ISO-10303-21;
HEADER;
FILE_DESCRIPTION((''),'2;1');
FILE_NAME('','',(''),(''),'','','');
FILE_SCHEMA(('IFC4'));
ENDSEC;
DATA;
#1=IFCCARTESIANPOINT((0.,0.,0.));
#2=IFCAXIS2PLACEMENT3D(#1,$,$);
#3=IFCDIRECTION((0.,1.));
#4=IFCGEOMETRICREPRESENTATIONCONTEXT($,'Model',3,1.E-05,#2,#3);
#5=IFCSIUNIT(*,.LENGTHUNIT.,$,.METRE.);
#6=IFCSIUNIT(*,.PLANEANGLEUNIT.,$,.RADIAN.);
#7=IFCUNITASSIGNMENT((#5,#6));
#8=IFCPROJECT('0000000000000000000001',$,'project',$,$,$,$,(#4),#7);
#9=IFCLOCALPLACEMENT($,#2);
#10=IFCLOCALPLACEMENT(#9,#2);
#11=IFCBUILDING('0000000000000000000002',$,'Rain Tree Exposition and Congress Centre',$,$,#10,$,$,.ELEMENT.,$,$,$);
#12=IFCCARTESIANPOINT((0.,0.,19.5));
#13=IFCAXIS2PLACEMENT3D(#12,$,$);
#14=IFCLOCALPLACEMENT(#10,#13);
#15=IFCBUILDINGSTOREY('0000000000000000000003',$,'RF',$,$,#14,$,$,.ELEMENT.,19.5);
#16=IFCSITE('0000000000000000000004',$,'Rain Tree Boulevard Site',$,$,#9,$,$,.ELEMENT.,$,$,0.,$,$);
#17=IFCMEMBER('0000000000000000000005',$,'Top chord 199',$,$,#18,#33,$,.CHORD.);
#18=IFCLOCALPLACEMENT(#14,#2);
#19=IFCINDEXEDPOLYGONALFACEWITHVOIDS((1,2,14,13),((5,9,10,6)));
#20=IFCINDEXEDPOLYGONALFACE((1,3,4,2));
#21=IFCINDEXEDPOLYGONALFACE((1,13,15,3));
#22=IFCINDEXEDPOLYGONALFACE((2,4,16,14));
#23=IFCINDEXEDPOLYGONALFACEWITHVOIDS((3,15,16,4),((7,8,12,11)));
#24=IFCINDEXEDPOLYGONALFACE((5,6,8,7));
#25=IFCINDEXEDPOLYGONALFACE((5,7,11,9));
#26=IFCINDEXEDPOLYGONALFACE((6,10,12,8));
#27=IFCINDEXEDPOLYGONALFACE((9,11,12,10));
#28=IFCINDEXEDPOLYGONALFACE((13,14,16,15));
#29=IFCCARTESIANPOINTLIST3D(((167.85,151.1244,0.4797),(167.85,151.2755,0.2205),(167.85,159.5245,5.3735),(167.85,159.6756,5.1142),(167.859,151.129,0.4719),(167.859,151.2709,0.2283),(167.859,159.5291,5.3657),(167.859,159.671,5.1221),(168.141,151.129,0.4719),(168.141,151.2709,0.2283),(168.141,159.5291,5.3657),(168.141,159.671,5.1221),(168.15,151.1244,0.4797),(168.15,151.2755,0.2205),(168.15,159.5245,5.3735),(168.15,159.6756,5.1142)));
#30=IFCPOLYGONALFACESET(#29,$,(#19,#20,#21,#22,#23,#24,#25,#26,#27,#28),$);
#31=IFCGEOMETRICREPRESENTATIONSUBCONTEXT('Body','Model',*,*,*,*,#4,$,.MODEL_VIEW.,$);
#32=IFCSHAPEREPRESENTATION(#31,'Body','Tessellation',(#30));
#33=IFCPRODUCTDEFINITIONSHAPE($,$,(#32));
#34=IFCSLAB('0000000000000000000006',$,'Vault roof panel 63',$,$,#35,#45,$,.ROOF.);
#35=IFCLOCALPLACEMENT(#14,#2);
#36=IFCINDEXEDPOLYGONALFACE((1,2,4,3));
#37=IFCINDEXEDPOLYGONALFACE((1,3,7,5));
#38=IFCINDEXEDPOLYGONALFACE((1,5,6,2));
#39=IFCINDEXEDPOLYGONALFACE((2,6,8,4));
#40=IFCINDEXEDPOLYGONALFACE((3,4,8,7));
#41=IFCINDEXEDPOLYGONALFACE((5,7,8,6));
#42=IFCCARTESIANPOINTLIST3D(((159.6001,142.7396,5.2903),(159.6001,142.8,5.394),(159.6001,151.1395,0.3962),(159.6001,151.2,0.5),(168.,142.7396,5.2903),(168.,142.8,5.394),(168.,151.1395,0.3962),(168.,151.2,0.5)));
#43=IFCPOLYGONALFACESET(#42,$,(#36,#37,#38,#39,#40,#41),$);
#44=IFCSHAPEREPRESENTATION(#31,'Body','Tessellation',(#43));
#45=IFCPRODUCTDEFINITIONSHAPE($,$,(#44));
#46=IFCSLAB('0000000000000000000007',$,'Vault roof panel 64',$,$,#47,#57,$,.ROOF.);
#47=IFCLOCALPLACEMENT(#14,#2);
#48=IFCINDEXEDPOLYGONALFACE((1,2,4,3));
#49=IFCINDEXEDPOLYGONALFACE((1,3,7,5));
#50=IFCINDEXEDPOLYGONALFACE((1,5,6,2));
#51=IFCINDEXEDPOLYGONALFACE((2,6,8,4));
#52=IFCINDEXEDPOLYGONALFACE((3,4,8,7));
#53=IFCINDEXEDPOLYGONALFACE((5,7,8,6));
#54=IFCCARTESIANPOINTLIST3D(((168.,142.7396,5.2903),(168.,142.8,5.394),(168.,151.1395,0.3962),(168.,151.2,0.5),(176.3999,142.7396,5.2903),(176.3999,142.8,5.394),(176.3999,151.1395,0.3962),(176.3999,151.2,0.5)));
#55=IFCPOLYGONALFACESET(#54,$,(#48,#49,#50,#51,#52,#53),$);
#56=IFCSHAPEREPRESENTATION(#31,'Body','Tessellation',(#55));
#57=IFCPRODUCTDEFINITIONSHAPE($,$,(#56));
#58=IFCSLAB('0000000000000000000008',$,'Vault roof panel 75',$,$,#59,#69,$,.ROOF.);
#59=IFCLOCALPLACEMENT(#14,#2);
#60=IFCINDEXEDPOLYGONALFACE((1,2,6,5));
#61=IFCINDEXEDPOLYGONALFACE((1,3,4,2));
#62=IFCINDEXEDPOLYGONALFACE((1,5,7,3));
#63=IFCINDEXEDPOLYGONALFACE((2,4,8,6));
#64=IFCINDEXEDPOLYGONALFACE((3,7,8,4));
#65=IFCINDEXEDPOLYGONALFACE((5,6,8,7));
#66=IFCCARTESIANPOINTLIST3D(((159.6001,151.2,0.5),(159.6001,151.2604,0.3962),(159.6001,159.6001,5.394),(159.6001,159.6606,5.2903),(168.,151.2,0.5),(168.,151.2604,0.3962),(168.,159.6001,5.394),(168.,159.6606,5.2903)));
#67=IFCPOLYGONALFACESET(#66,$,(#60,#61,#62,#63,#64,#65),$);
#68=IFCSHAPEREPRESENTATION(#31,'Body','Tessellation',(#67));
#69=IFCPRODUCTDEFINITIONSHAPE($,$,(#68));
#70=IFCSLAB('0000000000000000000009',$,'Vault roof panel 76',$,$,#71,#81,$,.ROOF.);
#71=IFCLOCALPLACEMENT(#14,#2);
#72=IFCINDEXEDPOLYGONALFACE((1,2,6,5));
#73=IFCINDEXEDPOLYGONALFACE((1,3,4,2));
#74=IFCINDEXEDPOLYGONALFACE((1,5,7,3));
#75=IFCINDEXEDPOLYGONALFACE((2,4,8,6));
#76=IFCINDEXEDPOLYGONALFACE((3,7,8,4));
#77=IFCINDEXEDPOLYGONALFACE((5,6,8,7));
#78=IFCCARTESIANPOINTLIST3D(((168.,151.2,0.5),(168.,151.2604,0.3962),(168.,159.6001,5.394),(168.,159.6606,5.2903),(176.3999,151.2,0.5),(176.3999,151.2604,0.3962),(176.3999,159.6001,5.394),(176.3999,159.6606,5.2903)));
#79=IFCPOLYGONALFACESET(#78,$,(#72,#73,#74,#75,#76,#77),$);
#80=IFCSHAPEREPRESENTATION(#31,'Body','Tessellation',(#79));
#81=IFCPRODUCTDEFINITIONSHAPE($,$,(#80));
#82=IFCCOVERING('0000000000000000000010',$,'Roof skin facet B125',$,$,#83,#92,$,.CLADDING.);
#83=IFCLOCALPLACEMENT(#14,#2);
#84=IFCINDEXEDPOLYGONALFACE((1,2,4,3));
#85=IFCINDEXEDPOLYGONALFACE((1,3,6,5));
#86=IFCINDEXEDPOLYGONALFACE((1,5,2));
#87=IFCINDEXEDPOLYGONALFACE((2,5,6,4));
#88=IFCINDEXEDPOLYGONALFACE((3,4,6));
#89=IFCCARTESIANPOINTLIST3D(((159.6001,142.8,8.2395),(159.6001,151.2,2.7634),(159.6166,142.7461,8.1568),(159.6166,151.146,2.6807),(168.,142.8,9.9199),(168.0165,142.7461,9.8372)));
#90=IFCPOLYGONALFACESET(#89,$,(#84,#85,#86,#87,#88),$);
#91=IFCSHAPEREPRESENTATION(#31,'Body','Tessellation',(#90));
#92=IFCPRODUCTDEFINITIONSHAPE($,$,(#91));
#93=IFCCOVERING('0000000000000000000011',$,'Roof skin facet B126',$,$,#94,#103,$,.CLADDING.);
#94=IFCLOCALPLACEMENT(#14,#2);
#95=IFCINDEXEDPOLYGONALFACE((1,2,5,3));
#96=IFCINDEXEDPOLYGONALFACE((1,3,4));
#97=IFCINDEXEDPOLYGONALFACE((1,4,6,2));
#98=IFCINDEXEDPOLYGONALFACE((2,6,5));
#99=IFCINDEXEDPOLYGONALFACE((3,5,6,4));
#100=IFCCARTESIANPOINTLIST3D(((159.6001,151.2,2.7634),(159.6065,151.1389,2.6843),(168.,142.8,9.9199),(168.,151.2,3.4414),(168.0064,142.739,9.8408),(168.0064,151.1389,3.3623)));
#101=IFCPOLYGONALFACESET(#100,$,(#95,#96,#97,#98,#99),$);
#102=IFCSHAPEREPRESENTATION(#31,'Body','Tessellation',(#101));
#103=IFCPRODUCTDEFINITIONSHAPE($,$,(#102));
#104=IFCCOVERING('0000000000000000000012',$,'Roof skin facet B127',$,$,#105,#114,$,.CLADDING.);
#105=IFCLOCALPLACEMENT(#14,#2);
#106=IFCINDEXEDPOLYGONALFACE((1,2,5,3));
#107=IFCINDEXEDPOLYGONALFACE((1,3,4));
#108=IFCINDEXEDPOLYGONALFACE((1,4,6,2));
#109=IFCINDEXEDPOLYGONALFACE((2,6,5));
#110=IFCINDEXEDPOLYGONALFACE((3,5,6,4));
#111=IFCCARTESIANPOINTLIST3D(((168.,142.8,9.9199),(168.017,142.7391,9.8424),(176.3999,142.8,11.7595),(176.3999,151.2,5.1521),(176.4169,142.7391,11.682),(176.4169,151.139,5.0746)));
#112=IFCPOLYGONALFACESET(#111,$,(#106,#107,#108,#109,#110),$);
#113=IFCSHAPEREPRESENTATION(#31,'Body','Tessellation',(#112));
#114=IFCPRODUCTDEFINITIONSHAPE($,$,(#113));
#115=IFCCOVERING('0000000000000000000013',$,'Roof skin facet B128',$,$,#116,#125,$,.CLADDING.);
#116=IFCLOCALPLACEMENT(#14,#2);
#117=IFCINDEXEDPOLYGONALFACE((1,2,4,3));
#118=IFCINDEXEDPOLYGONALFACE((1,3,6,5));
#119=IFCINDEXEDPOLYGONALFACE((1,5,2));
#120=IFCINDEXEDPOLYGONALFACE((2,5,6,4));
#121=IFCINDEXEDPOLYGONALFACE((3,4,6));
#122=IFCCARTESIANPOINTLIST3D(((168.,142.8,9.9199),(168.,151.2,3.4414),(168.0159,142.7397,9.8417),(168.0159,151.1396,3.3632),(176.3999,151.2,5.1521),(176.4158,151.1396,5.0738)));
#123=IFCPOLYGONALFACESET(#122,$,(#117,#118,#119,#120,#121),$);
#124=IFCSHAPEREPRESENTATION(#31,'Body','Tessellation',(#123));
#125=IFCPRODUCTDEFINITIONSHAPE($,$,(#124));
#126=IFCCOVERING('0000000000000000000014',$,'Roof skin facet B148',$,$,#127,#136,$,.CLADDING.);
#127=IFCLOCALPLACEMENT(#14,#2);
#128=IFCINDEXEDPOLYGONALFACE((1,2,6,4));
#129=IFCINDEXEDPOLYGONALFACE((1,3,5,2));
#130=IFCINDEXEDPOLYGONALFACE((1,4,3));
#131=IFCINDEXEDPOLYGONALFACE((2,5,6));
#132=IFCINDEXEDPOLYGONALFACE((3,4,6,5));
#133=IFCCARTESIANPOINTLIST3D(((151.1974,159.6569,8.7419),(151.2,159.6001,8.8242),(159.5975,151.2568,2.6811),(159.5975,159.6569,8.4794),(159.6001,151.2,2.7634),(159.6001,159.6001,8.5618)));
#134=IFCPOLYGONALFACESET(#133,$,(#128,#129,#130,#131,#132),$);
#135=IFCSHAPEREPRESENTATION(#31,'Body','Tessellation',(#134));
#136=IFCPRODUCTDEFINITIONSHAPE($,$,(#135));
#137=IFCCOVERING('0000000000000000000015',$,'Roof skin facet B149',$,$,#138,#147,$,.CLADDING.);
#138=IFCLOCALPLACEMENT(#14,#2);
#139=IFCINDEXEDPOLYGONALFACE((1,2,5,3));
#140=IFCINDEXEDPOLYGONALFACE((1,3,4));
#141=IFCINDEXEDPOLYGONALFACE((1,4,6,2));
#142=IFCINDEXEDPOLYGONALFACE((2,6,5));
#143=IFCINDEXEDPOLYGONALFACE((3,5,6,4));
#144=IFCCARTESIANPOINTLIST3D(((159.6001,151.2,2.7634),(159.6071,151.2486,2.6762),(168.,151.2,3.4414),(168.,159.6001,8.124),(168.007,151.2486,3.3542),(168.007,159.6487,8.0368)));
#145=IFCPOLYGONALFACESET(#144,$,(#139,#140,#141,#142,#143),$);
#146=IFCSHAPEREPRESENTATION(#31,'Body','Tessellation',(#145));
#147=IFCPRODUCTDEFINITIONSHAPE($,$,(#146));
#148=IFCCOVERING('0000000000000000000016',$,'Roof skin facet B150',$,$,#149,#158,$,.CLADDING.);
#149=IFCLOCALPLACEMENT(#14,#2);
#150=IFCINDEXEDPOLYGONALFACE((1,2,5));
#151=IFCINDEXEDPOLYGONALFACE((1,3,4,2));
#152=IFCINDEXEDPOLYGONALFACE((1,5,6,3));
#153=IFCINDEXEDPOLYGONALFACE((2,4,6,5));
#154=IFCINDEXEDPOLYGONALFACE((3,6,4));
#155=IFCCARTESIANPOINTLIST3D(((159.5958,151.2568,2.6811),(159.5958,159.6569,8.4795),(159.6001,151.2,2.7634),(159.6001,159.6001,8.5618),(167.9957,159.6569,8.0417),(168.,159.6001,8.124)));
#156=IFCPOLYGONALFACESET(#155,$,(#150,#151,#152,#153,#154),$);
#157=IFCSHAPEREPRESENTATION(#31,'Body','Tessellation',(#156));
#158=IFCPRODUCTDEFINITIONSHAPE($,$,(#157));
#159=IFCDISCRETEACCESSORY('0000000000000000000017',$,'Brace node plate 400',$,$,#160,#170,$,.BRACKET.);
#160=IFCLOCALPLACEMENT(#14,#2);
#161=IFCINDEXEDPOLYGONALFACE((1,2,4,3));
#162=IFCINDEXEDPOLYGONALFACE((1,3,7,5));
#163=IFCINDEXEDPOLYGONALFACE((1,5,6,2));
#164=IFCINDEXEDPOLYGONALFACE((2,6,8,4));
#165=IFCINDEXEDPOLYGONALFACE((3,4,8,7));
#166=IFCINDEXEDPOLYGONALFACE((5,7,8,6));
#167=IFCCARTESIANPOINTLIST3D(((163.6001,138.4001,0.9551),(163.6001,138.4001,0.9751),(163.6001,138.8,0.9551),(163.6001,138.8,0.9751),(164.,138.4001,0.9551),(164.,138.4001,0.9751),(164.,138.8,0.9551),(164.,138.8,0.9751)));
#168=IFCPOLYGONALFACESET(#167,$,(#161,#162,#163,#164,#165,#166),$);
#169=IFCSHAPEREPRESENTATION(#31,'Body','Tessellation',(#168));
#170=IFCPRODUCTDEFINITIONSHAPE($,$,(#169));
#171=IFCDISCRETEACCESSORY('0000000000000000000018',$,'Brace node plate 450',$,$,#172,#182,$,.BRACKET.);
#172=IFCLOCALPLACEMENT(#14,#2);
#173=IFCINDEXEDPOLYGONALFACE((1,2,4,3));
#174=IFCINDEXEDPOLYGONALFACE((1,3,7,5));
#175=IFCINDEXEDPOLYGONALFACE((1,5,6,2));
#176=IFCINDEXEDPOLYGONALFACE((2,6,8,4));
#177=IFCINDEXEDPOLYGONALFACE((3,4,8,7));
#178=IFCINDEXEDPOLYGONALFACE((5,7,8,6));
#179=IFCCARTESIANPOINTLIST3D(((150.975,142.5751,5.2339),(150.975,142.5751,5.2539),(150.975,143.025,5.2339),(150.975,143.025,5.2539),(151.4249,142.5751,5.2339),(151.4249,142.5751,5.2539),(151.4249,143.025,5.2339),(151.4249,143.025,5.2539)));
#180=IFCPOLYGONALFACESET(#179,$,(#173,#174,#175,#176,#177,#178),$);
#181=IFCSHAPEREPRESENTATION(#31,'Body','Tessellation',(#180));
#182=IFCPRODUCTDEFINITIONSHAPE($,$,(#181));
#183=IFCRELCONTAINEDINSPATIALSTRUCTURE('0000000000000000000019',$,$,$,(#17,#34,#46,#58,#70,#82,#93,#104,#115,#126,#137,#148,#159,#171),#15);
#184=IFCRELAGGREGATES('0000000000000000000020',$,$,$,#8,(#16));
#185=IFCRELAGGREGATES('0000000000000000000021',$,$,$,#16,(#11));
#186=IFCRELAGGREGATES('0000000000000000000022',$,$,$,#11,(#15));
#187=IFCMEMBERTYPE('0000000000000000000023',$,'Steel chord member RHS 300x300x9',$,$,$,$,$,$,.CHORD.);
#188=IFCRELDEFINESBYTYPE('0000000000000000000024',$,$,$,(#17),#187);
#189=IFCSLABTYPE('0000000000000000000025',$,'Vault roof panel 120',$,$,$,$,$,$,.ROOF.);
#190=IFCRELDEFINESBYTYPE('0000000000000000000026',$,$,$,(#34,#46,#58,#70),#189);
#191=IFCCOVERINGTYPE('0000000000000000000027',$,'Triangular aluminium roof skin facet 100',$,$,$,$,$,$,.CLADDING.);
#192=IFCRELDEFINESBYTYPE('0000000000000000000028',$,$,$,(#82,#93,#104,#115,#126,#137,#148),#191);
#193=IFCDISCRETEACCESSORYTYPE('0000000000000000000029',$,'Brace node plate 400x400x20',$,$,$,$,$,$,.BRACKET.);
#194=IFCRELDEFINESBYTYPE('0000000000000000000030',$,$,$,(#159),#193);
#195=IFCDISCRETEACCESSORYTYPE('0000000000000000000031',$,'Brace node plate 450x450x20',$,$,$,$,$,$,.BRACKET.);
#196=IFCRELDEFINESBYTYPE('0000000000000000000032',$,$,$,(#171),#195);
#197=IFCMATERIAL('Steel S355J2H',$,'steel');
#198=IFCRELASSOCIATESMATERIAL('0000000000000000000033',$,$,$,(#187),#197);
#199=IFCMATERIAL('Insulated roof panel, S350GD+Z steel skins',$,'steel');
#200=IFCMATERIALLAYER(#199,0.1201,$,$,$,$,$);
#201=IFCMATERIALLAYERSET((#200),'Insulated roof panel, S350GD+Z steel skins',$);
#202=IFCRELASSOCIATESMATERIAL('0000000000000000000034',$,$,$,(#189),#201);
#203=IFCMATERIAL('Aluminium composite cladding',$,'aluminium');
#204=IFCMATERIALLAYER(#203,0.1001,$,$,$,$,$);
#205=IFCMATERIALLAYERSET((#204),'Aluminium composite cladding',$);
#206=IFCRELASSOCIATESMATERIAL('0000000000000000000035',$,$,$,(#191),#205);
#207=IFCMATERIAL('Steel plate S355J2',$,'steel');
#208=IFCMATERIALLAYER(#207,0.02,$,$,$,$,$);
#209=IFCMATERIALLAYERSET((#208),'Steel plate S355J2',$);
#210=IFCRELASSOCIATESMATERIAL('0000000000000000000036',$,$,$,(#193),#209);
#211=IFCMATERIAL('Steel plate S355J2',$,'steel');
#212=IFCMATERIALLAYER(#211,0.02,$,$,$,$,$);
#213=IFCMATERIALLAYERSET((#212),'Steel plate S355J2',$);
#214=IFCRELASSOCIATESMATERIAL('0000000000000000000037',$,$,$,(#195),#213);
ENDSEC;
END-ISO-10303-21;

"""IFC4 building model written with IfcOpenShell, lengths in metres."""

from ifc_helpers import new_model, si_unit, direction, frame, origin, origin_2d, place, context, subcontext, project, spatial, polyline, rectangle, hollow_rectangle, outline, extrude, material, layer, layer_set, material_profile, profile_set, type_object, element, save


model = new_model("IFC4")

# Units and contexts
model_context = context("Model", 3, precision=1e-05, world=origin(), true_north=direction((0.0, 1.0)))
body_context = subcontext(model_context, "Body", "Model", "MODEL_VIEW")
ifc_project = project(units=[si_unit("LENGTHUNIT", "METRE"), si_unit("PLANEANGLEUNIT", "RADIAN")], contexts=[model_context])

# Site, building, storey
site_placement = place(None, origin())
site = spatial("IfcSite", under=ifc_project, at=site_placement, Name="Rain Tree Boulevard Site", CompositionType="ELEMENT", RefElevation=0.0)
building_placement = place(site_placement, origin())
building = spatial("IfcBuilding", under=site, at=building_placement, Name="Rain Tree Exposition and Congress Centre", CompositionType="ELEMENT")
storey_placement = place(building_placement, frame((0.0, 0.0, 19.5)))
storey = spatial("IfcBuildingStorey", under=building, at=storey_placement, Name="RF", CompositionType="ELEMENT", Elevation=19.5)

# Member
ifc_material_1 = material(Name="Steel S355J2H", Category="steel")
ifc_material_profile_1 = material_profile(ifc_material_1, hollow_rectangle(XDim=0.3, YDim=0.3, WallThickness=0.009, at=origin_2d()), Name="RHS 300x300x9")
ifc_profile_set_1 = profile_set([ifc_material_profile_1], Name="Steel S355J2H")
member_type_1 = type_object("IfcMemberType", Name="Steel chord member RHS 300x300x9", PredefinedType="CHORD", material=ifc_profile_set_1)
member_1_placement = place(storey_placement, frame((168.0, 151.2, 0.3501), z_axis=(0.0, 0.86406, 0.503388), x_axis=(-1.0, 0.0, 0.0)))
element("IfcMember", 1, at=member_1_placement, inside=storey, type_object=member_type_1, Name="Top chord 199", PredefinedType="CHORD", context=body_context, shape_type="SweptSolid", body=[
    extrude(hollow_rectangle(XDim=0.3, YDim=0.3, WallThickness=0.009, at=origin_2d()), origin(), (0.0, 0.0, 1.0), 9.7217),
])

# Slabs
ifc_material_2 = material(Name="Insulated roof panel, S350GD+Z steel skins", Category="steel")
ifc_layer_1 = layer(ifc_material_2, 0.1201)
ifc_layer_set_1 = layer_set([ifc_layer_1], Name="Insulated roof panel, S350GD+Z steel skins")
slab_type = type_object("IfcSlabType", Name="Vault roof panel 120", PredefinedType="ROOF", material=ifc_layer_set_1)
for number, where, z_axis, x_axis, name in (
    (2, (159.6001, 142.8, 5.394), (0.0, 0.503418, 0.864043), (1.0, 0.0, 0.0), "Vault roof panel 63"),
    (3, (168.0, 142.8, 5.394), (0.0, 0.503418, 0.864043), (1.0, 0.0, 0.0), "Vault roof panel 64"),
):
    element("IfcSlab", number, at=place(storey_placement, frame(where, z_axis=z_axis, x_axis=x_axis)), inside=storey, type_object=slab_type, Name=name, PredefinedType="ROOF", context=body_context, shape_type="SweptSolid", body=[
        extrude(outline(polyline([(0.0, 0.0), (8.3999, 0.0), (8.3999, 9.7216), (0.0, 9.7216), (0.0, 0.0)])), origin(), (0.0, 0.0, -1.0), 0.1201),
    ])
for number, where, z_axis, x_axis, name in (
    (4, (159.6001, 151.2, 0.5), (0.0, -0.503407, 0.864049), (1.0, 0.0, 0.0), "Vault roof panel 75"),
    (5, (168.0, 151.2, 0.5), (0.0, -0.503407, 0.864049), (1.0, 0.0, 0.0), "Vault roof panel 76"),
):
    element("IfcSlab", number, at=place(storey_placement, frame(where, z_axis=z_axis, x_axis=x_axis)), inside=storey, type_object=slab_type, Name=name, PredefinedType="ROOF", context=body_context, shape_type="SweptSolid", body=[
        extrude(outline(polyline([(0.0, 0.0), (8.3999, 0.0), (8.3999, 9.7218), (0.0, 9.7218), (0.0, 0.0)])), origin(), (0.0, 0.0, -1.0), 0.1201),
    ])

# Coverings
ifc_material_3 = material(Name="Aluminium composite cladding", Category="aluminium")
ifc_layer_2 = layer(ifc_material_3, 0.1001)
ifc_layer_set_2 = layer_set([ifc_layer_2], Name="Aluminium composite cladding")
covering_type = type_object("IfcCoveringType", Name="Triangular aluminium roof skin facet 100", PredefinedType="CLADDING", material=ifc_layer_set_2)
covering_1_placement = place(storey_placement, frame((159.6001, 142.8, 8.2395), z_axis=(-0.16528, 0.538608, 0.826186), x_axis=(0.980571, 0.0, 0.196165)))
element("IfcCovering", 6, at=covering_1_placement, inside=storey, type_object=covering_type, Name="Roof skin facet B125", PredefinedType="CLADDING", context=body_context, shape_type="SweptSolid", body=[
    extrude(outline(polyline([(0.0, 0.0), (8.5663, 0.0), (-1.0742, 9.9695), (0.0, 0.0)])), origin(), (0.0, 0.0, -1.0), 0.1001),
])
covering_2_placement = place(storey_placement, frame((168.0, 142.8, 9.9199), z_axis=(-0.063782, 0.609477, 0.790234), x_axis=(0.0, 0.791846, -0.61072)))
element("IfcCovering", 7, at=covering_2_placement, inside=storey, type_object=covering_type, Name="Roof skin facet B126", PredefinedType="CLADDING", context=body_context, shape_type="SweptSolid", body=[
    extrude(outline(polyline([(0.0, 0.0), (10.608, 0.0), (11.022, 8.417), (0.0, 0.0)])), origin(), (0.0, 0.0, -1.0), 0.1001),
])
covering_3_placement = place(storey_placement, frame((168.0, 142.8, 9.9199), z_axis=(-0.169636, 0.609295, 0.774586), x_axis=(0.976848, 0.0, 0.213932)))
element("IfcCovering", 8, at=covering_3_placement, inside=storey, type_object=covering_type, Name="Roof skin facet B127", PredefinedType="CLADDING", context=body_context, shape_type="SweptSolid", body=[
    extrude(outline(polyline([(0.0, 0.0), (8.599, 0.0), (7.1854, 10.5933), (0.0, 0.0)])), origin(), (0.0, 0.0, -1.0), 0.1001),
])
covering_4_placement = place(storey_placement, frame((168.0, 142.8, 9.9199), z_axis=(-0.159208, 0.602931, 0.781747), x_axis=(0.656225, 0.656225, -0.372476)))
element("IfcCovering", 9, at=covering_4_placement, inside=storey, type_object=covering_type, Name="Roof skin facet B128", PredefinedType="CLADDING", context=body_context, shape_type="SweptSolid", body=[
    extrude(outline(polyline([(0.0, 0.0), (12.8003, 0.0), (7.9253, 7.0512), (0.0, 0.0)])), origin(), (0.0, 0.0, -1.0), 0.1001),
])
covering_5_placement = place(storey_placement, frame((159.6001, 151.2, 2.7634), z_axis=(0.025704, -0.567886, 0.822706), x_axis=(0.0, 0.822978, 0.568074)))
element("IfcCovering", 10, at=covering_5_placement, inside=storey, type_object=covering_type, Name="Roof skin facet B148", PredefinedType="CLADDING", context=body_context, shape_type="SweptSolid", body=[
    extrude(outline(polyline([(0.0, 0.0), (10.207, 0.0), (10.3561, 8.4029), (0.0, 0.0)])), origin(), (0.0, 0.0, -1.0), 0.1001),
])
covering_6_placement = place(storey_placement, frame((159.6001, 151.2, 2.7634), z_axis=(-0.070324, -0.485698, 0.871293), x_axis=(0.996759, 0.0, 0.080451)))
element("IfcCovering", 11, at=covering_6_placement, inside=storey, type_object=covering_type, Name="Roof skin facet B149", PredefinedType="CLADDING", context=body_context, shape_type="SweptSolid", body=[
    extrude(outline(polyline([(0.0, 0.0), (8.4272, 0.0), (8.8039, 9.6098), (0.0, 0.0)])), origin(), (0.0, 0.0, -1.0), 0.1001),
])
covering_7_placement = place(storey_placement, frame((159.6001, 151.2, 2.7634), z_axis=(0.042848, -0.567552, 0.822222), x_axis=(0.644515, 0.644533, 0.411312)))
element("IfcCovering", 12, at=covering_7_placement, inside=storey, type_object=covering_type, Name="Roof skin facet B150", PredefinedType="CLADDING", context=body_context, shape_type="SweptSolid", body=[
    extrude(outline(polyline([(0.0, 0.0), (13.0329, 0.0), (7.7991, 6.5846), (0.0, 0.0)])), origin(), (0.0, 0.0, -1.0), 0.1001),
])

# Discrete accessories
ifc_material_4 = material(Name="Steel plate S355J2", Category="steel")
ifc_layer_3 = layer(ifc_material_4, 0.02)
ifc_layer_set_3 = layer_set([ifc_layer_3], Name="Steel plate S355J2")
discrete_accessory_type_1 = type_object("IfcDiscreteAccessoryType", Name="Brace node plate 400x400x20", PredefinedType="BRACKET", material=ifc_layer_set_3)
discrete_accessory_1_placement = place(storey_placement, frame((163.8, 138.6001, 0.9551), z_axis=(0.0, 0.0, 1.0), x_axis=(1.0, 0.0, 0.0)))
element("IfcDiscreteAccessory", 13, at=discrete_accessory_1_placement, inside=storey, type_object=discrete_accessory_type_1, Name="Brace node plate 400", PredefinedType="BRACKET", context=body_context, shape_type="SweptSolid", body=[
    extrude(rectangle(XDim=0.3999, YDim=0.3999, at=origin_2d()), origin(), (0.0, 0.0, 1.0), 0.02),
])
ifc_material_5 = material(Name="Steel plate S355J2", Category="steel")
ifc_layer_4 = layer(ifc_material_5, 0.02)
ifc_layer_set_4 = layer_set([ifc_layer_4], Name="Steel plate S355J2")
discrete_accessory_type_2 = type_object("IfcDiscreteAccessoryType", Name="Brace node plate 450x450x20", PredefinedType="BRACKET", material=ifc_layer_set_4)
for number, where, z_axis, x_axis, name in (
    (14, (151.2, 142.8, 5.2339), (0.0, 0.0, 1.0), (1.0, 0.0, 0.0), "Brace node plate 450"),
):
    element("IfcDiscreteAccessory", number, at=place(storey_placement, frame(where, z_axis=z_axis, x_axis=x_axis)), inside=storey, type_object=discrete_accessory_type_2, Name=name, PredefinedType="BRACKET", context=body_context, shape_type="SweptSolid", body=[
        extrude(rectangle(XDim=0.45, YDim=0.45, at=origin_2d()), origin(), (0.0, 0.0, 1.0), 0.02),
    ])

save(model, "model.ifc")
